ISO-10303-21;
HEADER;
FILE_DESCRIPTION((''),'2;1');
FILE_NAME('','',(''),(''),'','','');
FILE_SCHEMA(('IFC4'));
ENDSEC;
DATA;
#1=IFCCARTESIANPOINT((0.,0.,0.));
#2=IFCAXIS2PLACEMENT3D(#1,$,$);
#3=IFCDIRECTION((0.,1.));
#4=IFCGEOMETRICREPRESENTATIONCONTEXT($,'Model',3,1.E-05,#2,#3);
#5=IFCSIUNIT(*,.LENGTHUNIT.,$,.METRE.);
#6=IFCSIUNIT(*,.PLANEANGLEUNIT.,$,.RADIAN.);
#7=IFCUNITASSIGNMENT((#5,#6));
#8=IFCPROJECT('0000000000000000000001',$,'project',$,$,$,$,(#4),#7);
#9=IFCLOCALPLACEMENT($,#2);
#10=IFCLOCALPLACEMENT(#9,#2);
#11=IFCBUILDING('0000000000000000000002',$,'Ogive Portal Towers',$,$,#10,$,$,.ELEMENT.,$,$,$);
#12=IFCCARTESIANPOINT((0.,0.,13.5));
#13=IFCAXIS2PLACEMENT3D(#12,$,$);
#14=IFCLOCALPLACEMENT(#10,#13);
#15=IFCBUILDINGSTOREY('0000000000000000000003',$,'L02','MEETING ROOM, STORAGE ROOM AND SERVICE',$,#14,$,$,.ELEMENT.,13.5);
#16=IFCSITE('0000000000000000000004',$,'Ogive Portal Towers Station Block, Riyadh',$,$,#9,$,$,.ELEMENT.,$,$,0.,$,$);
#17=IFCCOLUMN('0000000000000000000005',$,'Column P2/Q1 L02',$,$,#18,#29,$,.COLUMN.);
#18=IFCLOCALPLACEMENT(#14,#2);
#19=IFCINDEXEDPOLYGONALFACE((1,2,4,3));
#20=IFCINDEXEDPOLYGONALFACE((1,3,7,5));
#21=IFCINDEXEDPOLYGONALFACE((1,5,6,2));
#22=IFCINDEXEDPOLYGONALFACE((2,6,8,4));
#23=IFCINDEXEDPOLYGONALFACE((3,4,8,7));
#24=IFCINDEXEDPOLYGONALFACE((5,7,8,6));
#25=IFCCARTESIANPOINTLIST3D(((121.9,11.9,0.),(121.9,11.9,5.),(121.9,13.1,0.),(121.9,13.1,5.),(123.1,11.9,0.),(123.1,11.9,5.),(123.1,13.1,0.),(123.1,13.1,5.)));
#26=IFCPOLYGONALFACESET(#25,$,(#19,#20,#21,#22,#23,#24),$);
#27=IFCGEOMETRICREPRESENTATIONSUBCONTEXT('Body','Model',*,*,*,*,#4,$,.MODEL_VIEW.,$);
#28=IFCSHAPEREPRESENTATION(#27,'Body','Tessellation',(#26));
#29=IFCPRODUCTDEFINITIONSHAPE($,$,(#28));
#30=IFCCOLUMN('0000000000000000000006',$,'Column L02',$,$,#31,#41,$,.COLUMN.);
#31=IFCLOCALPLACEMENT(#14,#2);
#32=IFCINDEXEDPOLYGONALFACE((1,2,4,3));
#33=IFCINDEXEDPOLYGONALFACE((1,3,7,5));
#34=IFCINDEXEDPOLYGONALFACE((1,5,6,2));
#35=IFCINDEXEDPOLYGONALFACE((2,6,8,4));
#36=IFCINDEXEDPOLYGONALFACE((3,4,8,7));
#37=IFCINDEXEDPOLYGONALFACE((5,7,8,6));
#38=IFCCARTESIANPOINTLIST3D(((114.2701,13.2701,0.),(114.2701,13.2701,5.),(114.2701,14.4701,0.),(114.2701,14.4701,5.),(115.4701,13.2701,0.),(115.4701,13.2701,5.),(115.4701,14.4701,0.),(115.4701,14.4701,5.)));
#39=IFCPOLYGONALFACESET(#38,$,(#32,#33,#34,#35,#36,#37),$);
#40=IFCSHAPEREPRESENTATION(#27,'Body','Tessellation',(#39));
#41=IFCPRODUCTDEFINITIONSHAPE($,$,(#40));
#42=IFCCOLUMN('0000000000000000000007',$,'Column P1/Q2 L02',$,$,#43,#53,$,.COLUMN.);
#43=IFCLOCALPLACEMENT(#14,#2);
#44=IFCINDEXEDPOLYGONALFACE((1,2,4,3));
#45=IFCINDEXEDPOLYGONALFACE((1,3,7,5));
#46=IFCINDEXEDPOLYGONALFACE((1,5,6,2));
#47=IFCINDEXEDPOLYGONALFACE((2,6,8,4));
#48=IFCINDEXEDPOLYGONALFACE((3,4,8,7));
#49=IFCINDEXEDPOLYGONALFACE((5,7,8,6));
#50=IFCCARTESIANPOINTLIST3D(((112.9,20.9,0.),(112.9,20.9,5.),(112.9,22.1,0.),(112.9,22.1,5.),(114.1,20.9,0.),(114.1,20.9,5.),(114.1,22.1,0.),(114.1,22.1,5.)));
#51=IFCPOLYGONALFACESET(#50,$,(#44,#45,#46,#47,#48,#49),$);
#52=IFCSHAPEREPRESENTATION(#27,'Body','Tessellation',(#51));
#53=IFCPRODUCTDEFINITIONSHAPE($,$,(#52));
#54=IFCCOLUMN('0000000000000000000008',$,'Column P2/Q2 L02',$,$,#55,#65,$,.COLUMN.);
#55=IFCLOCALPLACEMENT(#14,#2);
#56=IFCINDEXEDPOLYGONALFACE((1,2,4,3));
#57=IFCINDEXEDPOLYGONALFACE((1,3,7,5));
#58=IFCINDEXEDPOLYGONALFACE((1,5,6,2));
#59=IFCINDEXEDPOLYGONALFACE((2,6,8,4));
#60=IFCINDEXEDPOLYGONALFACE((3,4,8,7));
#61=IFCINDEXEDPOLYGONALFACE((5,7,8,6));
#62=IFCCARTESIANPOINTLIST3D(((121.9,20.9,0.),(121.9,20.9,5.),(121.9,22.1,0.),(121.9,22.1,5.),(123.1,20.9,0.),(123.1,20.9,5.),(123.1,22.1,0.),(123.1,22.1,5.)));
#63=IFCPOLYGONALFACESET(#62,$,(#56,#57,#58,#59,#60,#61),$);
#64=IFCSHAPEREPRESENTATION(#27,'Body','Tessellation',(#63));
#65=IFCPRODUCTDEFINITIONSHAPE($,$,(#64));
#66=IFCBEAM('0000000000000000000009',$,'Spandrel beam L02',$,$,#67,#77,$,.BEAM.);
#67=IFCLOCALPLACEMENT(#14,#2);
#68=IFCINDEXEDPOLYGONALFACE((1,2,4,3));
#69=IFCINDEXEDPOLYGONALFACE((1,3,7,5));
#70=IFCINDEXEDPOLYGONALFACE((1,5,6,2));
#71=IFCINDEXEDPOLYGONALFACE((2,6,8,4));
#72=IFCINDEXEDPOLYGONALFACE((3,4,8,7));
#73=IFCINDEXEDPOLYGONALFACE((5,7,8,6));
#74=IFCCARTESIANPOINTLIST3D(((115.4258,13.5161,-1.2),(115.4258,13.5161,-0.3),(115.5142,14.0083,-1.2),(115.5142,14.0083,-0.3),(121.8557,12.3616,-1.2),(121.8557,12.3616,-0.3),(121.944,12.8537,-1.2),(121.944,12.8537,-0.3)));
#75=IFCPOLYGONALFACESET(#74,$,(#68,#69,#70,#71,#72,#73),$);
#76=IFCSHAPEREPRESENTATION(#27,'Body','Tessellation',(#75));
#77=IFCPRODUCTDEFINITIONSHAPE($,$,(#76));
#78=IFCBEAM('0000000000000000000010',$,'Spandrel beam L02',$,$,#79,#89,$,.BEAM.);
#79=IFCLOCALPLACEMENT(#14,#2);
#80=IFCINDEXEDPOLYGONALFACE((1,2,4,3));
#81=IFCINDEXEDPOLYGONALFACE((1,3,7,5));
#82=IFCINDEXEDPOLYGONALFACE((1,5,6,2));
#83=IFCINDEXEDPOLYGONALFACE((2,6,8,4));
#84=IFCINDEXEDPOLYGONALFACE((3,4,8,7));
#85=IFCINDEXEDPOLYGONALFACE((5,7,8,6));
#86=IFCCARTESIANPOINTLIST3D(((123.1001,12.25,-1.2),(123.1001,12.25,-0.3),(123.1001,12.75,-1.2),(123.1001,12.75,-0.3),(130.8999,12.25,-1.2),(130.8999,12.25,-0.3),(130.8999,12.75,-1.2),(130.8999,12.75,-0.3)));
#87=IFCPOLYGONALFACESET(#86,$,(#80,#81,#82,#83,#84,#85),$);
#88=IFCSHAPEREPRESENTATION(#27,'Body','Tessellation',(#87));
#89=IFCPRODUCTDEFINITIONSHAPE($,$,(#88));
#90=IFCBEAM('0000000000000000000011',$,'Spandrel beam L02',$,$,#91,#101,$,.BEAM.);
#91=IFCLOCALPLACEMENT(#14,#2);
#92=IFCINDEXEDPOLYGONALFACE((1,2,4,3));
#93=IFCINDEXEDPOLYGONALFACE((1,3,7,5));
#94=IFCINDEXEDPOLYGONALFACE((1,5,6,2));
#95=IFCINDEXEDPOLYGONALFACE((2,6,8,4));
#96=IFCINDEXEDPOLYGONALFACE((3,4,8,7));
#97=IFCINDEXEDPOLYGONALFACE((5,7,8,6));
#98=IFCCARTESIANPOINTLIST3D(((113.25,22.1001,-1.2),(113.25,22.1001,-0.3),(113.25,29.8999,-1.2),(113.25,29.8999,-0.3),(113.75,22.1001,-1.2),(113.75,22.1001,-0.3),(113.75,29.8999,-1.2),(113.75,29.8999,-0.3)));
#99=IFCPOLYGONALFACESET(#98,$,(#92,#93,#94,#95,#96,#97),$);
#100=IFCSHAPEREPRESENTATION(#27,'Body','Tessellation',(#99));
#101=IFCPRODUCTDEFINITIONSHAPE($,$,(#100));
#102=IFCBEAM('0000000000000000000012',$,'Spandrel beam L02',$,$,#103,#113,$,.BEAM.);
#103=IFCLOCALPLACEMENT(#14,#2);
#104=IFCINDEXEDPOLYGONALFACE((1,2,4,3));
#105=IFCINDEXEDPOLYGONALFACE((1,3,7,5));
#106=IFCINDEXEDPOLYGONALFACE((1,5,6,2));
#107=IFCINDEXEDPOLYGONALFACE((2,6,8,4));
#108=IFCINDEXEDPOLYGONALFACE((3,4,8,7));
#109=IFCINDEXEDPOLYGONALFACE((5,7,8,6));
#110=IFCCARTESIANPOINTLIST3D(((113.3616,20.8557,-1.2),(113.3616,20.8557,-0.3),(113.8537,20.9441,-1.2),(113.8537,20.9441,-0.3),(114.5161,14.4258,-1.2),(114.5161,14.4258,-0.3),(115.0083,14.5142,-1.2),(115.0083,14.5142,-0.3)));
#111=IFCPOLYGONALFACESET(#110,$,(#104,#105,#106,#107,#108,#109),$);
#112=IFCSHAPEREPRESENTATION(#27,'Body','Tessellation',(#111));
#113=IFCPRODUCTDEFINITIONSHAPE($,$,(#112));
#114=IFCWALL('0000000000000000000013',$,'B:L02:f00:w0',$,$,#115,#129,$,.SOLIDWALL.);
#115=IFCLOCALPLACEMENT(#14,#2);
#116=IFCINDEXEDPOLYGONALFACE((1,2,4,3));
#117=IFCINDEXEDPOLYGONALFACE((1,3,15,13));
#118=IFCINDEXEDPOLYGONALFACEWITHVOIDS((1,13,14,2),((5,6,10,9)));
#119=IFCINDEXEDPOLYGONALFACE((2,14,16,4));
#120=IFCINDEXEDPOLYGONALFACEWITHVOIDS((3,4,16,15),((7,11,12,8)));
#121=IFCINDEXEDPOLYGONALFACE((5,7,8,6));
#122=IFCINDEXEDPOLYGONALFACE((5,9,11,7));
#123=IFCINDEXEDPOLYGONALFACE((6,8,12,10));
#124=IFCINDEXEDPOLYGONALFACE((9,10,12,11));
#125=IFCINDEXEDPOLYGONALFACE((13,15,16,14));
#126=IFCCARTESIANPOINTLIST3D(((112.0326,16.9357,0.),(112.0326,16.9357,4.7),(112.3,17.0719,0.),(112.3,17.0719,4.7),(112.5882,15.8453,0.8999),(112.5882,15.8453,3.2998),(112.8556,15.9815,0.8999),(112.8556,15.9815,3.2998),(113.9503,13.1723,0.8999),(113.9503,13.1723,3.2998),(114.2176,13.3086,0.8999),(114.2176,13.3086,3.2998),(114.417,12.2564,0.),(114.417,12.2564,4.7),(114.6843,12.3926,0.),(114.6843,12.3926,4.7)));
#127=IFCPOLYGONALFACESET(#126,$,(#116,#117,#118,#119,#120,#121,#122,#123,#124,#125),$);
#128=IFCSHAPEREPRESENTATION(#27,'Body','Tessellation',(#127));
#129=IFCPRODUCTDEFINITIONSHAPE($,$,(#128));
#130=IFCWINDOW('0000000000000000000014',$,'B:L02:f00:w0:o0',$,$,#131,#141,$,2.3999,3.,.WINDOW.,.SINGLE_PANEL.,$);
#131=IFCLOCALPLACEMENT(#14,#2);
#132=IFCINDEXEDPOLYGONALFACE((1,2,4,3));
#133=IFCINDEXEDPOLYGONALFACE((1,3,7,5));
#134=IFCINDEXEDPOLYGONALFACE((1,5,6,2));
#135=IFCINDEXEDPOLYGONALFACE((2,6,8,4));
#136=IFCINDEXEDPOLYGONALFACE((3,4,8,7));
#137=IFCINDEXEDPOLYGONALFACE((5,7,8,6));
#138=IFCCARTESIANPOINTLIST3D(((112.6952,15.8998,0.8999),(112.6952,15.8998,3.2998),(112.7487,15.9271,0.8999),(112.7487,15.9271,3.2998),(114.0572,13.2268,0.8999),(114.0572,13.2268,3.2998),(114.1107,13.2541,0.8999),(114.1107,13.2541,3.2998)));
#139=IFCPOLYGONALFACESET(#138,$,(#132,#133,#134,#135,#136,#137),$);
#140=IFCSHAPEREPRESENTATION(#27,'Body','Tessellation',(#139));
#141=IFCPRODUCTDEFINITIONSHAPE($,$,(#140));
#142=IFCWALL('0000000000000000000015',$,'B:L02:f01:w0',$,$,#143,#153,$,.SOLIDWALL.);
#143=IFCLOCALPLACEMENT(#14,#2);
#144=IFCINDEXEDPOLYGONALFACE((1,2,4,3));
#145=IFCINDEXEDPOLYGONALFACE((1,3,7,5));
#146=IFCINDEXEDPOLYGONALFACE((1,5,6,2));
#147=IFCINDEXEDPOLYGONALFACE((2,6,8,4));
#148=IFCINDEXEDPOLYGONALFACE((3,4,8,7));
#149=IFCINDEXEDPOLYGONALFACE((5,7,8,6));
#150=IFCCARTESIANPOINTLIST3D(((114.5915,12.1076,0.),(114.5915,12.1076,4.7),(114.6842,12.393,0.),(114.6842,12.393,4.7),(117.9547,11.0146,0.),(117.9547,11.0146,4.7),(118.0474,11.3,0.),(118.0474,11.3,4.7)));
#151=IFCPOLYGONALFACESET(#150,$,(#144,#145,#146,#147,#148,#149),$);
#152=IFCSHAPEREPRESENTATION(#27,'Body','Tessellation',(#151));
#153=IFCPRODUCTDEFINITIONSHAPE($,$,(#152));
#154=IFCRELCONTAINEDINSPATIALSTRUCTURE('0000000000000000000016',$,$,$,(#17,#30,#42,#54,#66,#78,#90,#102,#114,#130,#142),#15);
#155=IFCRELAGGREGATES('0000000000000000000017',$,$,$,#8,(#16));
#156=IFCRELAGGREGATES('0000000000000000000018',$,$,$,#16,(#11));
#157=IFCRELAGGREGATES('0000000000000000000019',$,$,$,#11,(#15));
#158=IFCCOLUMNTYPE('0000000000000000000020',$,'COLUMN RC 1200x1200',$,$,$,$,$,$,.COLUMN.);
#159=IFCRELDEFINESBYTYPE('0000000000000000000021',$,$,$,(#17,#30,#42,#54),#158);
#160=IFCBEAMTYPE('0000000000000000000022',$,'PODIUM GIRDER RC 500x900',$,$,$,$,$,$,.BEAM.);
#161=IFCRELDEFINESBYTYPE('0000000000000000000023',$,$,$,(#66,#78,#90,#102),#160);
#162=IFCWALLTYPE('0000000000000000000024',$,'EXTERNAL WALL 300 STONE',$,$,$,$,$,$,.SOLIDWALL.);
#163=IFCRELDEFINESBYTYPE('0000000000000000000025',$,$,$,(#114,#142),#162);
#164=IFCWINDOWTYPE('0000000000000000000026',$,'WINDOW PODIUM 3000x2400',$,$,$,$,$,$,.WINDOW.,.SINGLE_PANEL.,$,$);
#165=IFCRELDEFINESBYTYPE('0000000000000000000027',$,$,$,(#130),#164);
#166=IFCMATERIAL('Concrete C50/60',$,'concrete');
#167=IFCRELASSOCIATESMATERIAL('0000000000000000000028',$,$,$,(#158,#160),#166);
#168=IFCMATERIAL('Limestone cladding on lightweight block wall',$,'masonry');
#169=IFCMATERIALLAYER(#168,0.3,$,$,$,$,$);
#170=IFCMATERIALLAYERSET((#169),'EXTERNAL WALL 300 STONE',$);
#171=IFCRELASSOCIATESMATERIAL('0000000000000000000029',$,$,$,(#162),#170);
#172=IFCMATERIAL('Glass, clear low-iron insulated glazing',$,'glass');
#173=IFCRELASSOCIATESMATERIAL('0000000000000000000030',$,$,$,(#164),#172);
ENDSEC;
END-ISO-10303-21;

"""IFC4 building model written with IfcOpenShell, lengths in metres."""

from ifc_helpers import new_model, si_unit, direction, frame, frame_2d, origin, origin_2d, place, context, subcontext, project, spatial, rectangle, extrude, material, layer, layer_set, material_profile, profile_set, type_object, element, fill, save


model = new_model("IFC4")

# Units and contexts
model_context = context("Model", 3, precision=1e-05, world=origin(), true_north=direction((0.0, 1.0)))
body_context = subcontext(model_context, "Body", "Model", "MODEL_VIEW")
ifc_project = project(units=[si_unit("LENGTHUNIT", "METRE"), si_unit("PLANEANGLEUNIT", "RADIAN")], contexts=[model_context])

# Site, building, storey
site_placement = place(None, origin())
site = spatial("IfcSite", under=ifc_project, at=site_placement, Name="Ogive Portal Towers Station Block, Riyadh", CompositionType="ELEMENT", RefElevation=0.0)
building_placement = place(site_placement, origin())
building = spatial("IfcBuilding", under=site, at=building_placement, Name="Ogive Portal Towers", CompositionType="ELEMENT")
storey_placement = place(building_placement, frame((0.0, 0.0, 13.5)))
storey = spatial("IfcBuildingStorey", under=building, at=storey_placement, Name="L02", Description="MEETING ROOM, STORAGE ROOM AND SERVICE", CompositionType="ELEMENT", Elevation=13.5)

# Columns
ifc_material_1 = material(Name="Concrete C50/60", Category="concrete")
ifc_material_profile_1 = material_profile(ifc_material_1, rectangle(XDim=1.2, YDim=1.2, at=origin_2d()), Name="RC 1200x1200")
ifc_profile_set_1 = profile_set([ifc_material_profile_1], Name="Concrete C50/60")
column_type = type_object("IfcColumnType", Name="COLUMN RC 1200x1200", PredefinedType="COLUMN", material=ifc_profile_set_1)
for number, where, z_axis, x_axis, name in (
    (1, (122.5, 12.5, 0.0), (0.0, 0.0, 1.0), (1.0, 0.0, 0.0), "Column P2/Q1 L02"),
    (2, (114.8701, 13.8701, 0.0), (0.0, 0.0, 1.0), (1.0, 0.0, 0.0), "Column L02"),
    (3, (113.5, 21.5, 0.0), (0.0, 0.0, 1.0), (1.0, 0.0, 0.0), "Column P1/Q2 L02"),
    (4, (122.5, 21.5, 0.0), (0.0, 0.0, 1.0), (1.0, 0.0, 0.0), "Column P2/Q2 L02"),
):
    element("IfcColumn", number, at=place(storey_placement, frame(where, z_axis=z_axis, x_axis=x_axis)), inside=storey, type_object=column_type, Name=name, PredefinedType="COLUMN", context=body_context, shape_type="SweptSolid", body=[
        extrude(rectangle(XDim=1.2, YDim=1.2, at=origin_2d()), origin(), (0.0, 0.0, 1.0), 5.0),
    ])

# Beams
ifc_material_profile_2 = material_profile(ifc_material_1, rectangle(XDim=0.5, YDim=0.8999, at=origin_2d()), Name="RC 500x900")
ifc_profile_set_2 = profile_set([ifc_material_profile_2], Name="Concrete C50/60")
beam_type = type_object("IfcBeamType", Name="PODIUM GIRDER RC 500x900", PredefinedType="BEAM", material=ifc_profile_set_2)
beam_1_placement = place(storey_placement, frame((115.47, 13.7622, -0.75), z_axis=(0.984259, -0.176731, 0.0), x_axis=(0.176731, 0.984259, 0.0)))
element("IfcBeam", 5, at=beam_1_placement, inside=storey, type_object=beam_type, Name="Spandrel beam L02", PredefinedType="BEAM", context=body_context, shape_type="SweptSolid", body=[
    extrude(rectangle(XDim=0.5, YDim=0.8999, at=origin_2d()), origin(), (0.0, 0.0, 1.0), 6.5327),
])
for number, where, z_axis, x_axis, name in (
    (6, (123.1001, 12.5, -0.75), (1.0, 0.0, 0.0), (0.0, 1.0, 0.0), "Spandrel beam L02"),
    (7, (113.5, 29.8999, -0.75), (0.0, -1.0, 0.0), (1.0, 0.0, 0.0), "Spandrel beam L02"),
):
    element("IfcBeam", number, at=place(storey_placement, frame(where, z_axis=z_axis, x_axis=x_axis)), inside=storey, type_object=beam_type, Name=name, PredefinedType="BEAM", context=body_context, shape_type="SweptSolid", body=[
        extrude(rectangle(XDim=0.5, YDim=0.8999, at=origin_2d()), origin(), (0.0, 0.0, 1.0), 7.7998),
    ])
beam_2_placement = place(storey_placement, frame((113.6077, 20.8999, -0.75), z_axis=(0.176731, -0.984259, 0.0), x_axis=(0.984259, 0.176731, 0.0)))
element("IfcBeam", 8, at=beam_2_placement, inside=storey, type_object=beam_type, Name="Spandrel beam L02", PredefinedType="BEAM", context=body_context, shape_type="SweptSolid", body=[
    extrude(rectangle(XDim=0.5, YDim=0.8999, at=origin_2d()), origin(), (0.0, 0.0, 1.0), 6.5327),
])

# Wall, opening, window
ifc_material_2 = material(Name="Limestone cladding on lightweight block wall", Category="masonry")
ifc_layer_1 = layer(ifc_material_2, 0.3)
ifc_layer_set_1 = layer_set([ifc_layer_1], Name="EXTERNAL WALL 300 STONE")
wall_type_1 = type_object("IfcWallType", Name="EXTERNAL WALL 300 STONE", PredefinedType="SOLIDWALL", material=ifc_layer_set_1)
wall_1_placement = place(storey_placement, frame((112.1663, 17.0039, 0.0), z_axis=(0.0, 0.0, 1.0), x_axis=(0.454007, -0.890998, 0.0)))
wall_1 = element("IfcWall", 9, at=wall_1_placement, inside=storey, type_object=wall_type_1, Name="B:L02:f00:w0", PredefinedType="SOLIDWALL", context=body_context, shape_type="SweptSolid", body=[
    extrude(rectangle(XDim=5.2517, YDim=0.3, at=frame_2d((2.626, 0.0))), origin(), (0.0, 0.0, 1.0), 4.7),
])
opening_1_placement = place(wall_1_placement, frame((1.2239, 0.0, 0.8999)))
opening_1 = element("IfcOpeningElement", 10, at=opening_1_placement, cuts=wall_1, PredefinedType="OPENING", context=body_context, shape_type="SweptSolid", body=[
    extrude(rectangle(XDim=3.0, YDim=2.3999, at=frame_2d((1.5, 1.2))), frame((0.0, 0.1602, 0.0), z_axis=(0.0, -1.0, 0.0), x_axis=(1.0, 0.0, 0.0)), (0.0, 0.0, 1.0), 0.3201),
])
ifc_material_3 = material(Name="Glass, clear low-iron insulated glazing", Category="glass")
window_type = type_object("IfcWindowType", Name="WINDOW PODIUM 3000x2400", PartitioningType="SINGLE_PANEL", PredefinedType="WINDOW", material=ifc_material_3)
window_1_placement = place(opening_1_placement, origin())
window_1 = element("IfcWindow", 11, at=window_1_placement, inside=storey, type_object=window_type, Name="B:L02:f00:w0:o0", OverallHeight=2.3999, OverallWidth=3.0, PartitioningType="SINGLE_PANEL", PredefinedType="WINDOW", context=body_context, shape_type="SweptSolid", body=[
    extrude(rectangle(XDim=3.0, YDim=2.3999, at=frame_2d((1.5, 1.2))), frame((0.0, 0.03, 0.0), z_axis=(0.0, -1.0, 0.0), x_axis=(1.0, 0.0, 0.0)), (0.0, 0.0, 1.0), 0.0601),
])
fill(opening_1, window_1)

# Wall
wall_2_placement = place(storey_placement, frame((114.6379, 12.2502, 0.0), z_axis=(0.0, 0.0, 1.0), x_axis=(0.951038, -0.309074, 0.0)))
element("IfcWall", 12, at=wall_2_placement, inside=storey, type_object=wall_type_1, Name="B:L02:f01:w0", PredefinedType="SOLIDWALL", context=body_context, shape_type="SweptSolid", body=[
    extrude(rectangle(XDim=3.5364, YDim=0.3, at=frame_2d((1.7681, 0.0))), origin(), (0.0, 0.0, 1.0), 4.7),
])

save(model, "model.ifc")
